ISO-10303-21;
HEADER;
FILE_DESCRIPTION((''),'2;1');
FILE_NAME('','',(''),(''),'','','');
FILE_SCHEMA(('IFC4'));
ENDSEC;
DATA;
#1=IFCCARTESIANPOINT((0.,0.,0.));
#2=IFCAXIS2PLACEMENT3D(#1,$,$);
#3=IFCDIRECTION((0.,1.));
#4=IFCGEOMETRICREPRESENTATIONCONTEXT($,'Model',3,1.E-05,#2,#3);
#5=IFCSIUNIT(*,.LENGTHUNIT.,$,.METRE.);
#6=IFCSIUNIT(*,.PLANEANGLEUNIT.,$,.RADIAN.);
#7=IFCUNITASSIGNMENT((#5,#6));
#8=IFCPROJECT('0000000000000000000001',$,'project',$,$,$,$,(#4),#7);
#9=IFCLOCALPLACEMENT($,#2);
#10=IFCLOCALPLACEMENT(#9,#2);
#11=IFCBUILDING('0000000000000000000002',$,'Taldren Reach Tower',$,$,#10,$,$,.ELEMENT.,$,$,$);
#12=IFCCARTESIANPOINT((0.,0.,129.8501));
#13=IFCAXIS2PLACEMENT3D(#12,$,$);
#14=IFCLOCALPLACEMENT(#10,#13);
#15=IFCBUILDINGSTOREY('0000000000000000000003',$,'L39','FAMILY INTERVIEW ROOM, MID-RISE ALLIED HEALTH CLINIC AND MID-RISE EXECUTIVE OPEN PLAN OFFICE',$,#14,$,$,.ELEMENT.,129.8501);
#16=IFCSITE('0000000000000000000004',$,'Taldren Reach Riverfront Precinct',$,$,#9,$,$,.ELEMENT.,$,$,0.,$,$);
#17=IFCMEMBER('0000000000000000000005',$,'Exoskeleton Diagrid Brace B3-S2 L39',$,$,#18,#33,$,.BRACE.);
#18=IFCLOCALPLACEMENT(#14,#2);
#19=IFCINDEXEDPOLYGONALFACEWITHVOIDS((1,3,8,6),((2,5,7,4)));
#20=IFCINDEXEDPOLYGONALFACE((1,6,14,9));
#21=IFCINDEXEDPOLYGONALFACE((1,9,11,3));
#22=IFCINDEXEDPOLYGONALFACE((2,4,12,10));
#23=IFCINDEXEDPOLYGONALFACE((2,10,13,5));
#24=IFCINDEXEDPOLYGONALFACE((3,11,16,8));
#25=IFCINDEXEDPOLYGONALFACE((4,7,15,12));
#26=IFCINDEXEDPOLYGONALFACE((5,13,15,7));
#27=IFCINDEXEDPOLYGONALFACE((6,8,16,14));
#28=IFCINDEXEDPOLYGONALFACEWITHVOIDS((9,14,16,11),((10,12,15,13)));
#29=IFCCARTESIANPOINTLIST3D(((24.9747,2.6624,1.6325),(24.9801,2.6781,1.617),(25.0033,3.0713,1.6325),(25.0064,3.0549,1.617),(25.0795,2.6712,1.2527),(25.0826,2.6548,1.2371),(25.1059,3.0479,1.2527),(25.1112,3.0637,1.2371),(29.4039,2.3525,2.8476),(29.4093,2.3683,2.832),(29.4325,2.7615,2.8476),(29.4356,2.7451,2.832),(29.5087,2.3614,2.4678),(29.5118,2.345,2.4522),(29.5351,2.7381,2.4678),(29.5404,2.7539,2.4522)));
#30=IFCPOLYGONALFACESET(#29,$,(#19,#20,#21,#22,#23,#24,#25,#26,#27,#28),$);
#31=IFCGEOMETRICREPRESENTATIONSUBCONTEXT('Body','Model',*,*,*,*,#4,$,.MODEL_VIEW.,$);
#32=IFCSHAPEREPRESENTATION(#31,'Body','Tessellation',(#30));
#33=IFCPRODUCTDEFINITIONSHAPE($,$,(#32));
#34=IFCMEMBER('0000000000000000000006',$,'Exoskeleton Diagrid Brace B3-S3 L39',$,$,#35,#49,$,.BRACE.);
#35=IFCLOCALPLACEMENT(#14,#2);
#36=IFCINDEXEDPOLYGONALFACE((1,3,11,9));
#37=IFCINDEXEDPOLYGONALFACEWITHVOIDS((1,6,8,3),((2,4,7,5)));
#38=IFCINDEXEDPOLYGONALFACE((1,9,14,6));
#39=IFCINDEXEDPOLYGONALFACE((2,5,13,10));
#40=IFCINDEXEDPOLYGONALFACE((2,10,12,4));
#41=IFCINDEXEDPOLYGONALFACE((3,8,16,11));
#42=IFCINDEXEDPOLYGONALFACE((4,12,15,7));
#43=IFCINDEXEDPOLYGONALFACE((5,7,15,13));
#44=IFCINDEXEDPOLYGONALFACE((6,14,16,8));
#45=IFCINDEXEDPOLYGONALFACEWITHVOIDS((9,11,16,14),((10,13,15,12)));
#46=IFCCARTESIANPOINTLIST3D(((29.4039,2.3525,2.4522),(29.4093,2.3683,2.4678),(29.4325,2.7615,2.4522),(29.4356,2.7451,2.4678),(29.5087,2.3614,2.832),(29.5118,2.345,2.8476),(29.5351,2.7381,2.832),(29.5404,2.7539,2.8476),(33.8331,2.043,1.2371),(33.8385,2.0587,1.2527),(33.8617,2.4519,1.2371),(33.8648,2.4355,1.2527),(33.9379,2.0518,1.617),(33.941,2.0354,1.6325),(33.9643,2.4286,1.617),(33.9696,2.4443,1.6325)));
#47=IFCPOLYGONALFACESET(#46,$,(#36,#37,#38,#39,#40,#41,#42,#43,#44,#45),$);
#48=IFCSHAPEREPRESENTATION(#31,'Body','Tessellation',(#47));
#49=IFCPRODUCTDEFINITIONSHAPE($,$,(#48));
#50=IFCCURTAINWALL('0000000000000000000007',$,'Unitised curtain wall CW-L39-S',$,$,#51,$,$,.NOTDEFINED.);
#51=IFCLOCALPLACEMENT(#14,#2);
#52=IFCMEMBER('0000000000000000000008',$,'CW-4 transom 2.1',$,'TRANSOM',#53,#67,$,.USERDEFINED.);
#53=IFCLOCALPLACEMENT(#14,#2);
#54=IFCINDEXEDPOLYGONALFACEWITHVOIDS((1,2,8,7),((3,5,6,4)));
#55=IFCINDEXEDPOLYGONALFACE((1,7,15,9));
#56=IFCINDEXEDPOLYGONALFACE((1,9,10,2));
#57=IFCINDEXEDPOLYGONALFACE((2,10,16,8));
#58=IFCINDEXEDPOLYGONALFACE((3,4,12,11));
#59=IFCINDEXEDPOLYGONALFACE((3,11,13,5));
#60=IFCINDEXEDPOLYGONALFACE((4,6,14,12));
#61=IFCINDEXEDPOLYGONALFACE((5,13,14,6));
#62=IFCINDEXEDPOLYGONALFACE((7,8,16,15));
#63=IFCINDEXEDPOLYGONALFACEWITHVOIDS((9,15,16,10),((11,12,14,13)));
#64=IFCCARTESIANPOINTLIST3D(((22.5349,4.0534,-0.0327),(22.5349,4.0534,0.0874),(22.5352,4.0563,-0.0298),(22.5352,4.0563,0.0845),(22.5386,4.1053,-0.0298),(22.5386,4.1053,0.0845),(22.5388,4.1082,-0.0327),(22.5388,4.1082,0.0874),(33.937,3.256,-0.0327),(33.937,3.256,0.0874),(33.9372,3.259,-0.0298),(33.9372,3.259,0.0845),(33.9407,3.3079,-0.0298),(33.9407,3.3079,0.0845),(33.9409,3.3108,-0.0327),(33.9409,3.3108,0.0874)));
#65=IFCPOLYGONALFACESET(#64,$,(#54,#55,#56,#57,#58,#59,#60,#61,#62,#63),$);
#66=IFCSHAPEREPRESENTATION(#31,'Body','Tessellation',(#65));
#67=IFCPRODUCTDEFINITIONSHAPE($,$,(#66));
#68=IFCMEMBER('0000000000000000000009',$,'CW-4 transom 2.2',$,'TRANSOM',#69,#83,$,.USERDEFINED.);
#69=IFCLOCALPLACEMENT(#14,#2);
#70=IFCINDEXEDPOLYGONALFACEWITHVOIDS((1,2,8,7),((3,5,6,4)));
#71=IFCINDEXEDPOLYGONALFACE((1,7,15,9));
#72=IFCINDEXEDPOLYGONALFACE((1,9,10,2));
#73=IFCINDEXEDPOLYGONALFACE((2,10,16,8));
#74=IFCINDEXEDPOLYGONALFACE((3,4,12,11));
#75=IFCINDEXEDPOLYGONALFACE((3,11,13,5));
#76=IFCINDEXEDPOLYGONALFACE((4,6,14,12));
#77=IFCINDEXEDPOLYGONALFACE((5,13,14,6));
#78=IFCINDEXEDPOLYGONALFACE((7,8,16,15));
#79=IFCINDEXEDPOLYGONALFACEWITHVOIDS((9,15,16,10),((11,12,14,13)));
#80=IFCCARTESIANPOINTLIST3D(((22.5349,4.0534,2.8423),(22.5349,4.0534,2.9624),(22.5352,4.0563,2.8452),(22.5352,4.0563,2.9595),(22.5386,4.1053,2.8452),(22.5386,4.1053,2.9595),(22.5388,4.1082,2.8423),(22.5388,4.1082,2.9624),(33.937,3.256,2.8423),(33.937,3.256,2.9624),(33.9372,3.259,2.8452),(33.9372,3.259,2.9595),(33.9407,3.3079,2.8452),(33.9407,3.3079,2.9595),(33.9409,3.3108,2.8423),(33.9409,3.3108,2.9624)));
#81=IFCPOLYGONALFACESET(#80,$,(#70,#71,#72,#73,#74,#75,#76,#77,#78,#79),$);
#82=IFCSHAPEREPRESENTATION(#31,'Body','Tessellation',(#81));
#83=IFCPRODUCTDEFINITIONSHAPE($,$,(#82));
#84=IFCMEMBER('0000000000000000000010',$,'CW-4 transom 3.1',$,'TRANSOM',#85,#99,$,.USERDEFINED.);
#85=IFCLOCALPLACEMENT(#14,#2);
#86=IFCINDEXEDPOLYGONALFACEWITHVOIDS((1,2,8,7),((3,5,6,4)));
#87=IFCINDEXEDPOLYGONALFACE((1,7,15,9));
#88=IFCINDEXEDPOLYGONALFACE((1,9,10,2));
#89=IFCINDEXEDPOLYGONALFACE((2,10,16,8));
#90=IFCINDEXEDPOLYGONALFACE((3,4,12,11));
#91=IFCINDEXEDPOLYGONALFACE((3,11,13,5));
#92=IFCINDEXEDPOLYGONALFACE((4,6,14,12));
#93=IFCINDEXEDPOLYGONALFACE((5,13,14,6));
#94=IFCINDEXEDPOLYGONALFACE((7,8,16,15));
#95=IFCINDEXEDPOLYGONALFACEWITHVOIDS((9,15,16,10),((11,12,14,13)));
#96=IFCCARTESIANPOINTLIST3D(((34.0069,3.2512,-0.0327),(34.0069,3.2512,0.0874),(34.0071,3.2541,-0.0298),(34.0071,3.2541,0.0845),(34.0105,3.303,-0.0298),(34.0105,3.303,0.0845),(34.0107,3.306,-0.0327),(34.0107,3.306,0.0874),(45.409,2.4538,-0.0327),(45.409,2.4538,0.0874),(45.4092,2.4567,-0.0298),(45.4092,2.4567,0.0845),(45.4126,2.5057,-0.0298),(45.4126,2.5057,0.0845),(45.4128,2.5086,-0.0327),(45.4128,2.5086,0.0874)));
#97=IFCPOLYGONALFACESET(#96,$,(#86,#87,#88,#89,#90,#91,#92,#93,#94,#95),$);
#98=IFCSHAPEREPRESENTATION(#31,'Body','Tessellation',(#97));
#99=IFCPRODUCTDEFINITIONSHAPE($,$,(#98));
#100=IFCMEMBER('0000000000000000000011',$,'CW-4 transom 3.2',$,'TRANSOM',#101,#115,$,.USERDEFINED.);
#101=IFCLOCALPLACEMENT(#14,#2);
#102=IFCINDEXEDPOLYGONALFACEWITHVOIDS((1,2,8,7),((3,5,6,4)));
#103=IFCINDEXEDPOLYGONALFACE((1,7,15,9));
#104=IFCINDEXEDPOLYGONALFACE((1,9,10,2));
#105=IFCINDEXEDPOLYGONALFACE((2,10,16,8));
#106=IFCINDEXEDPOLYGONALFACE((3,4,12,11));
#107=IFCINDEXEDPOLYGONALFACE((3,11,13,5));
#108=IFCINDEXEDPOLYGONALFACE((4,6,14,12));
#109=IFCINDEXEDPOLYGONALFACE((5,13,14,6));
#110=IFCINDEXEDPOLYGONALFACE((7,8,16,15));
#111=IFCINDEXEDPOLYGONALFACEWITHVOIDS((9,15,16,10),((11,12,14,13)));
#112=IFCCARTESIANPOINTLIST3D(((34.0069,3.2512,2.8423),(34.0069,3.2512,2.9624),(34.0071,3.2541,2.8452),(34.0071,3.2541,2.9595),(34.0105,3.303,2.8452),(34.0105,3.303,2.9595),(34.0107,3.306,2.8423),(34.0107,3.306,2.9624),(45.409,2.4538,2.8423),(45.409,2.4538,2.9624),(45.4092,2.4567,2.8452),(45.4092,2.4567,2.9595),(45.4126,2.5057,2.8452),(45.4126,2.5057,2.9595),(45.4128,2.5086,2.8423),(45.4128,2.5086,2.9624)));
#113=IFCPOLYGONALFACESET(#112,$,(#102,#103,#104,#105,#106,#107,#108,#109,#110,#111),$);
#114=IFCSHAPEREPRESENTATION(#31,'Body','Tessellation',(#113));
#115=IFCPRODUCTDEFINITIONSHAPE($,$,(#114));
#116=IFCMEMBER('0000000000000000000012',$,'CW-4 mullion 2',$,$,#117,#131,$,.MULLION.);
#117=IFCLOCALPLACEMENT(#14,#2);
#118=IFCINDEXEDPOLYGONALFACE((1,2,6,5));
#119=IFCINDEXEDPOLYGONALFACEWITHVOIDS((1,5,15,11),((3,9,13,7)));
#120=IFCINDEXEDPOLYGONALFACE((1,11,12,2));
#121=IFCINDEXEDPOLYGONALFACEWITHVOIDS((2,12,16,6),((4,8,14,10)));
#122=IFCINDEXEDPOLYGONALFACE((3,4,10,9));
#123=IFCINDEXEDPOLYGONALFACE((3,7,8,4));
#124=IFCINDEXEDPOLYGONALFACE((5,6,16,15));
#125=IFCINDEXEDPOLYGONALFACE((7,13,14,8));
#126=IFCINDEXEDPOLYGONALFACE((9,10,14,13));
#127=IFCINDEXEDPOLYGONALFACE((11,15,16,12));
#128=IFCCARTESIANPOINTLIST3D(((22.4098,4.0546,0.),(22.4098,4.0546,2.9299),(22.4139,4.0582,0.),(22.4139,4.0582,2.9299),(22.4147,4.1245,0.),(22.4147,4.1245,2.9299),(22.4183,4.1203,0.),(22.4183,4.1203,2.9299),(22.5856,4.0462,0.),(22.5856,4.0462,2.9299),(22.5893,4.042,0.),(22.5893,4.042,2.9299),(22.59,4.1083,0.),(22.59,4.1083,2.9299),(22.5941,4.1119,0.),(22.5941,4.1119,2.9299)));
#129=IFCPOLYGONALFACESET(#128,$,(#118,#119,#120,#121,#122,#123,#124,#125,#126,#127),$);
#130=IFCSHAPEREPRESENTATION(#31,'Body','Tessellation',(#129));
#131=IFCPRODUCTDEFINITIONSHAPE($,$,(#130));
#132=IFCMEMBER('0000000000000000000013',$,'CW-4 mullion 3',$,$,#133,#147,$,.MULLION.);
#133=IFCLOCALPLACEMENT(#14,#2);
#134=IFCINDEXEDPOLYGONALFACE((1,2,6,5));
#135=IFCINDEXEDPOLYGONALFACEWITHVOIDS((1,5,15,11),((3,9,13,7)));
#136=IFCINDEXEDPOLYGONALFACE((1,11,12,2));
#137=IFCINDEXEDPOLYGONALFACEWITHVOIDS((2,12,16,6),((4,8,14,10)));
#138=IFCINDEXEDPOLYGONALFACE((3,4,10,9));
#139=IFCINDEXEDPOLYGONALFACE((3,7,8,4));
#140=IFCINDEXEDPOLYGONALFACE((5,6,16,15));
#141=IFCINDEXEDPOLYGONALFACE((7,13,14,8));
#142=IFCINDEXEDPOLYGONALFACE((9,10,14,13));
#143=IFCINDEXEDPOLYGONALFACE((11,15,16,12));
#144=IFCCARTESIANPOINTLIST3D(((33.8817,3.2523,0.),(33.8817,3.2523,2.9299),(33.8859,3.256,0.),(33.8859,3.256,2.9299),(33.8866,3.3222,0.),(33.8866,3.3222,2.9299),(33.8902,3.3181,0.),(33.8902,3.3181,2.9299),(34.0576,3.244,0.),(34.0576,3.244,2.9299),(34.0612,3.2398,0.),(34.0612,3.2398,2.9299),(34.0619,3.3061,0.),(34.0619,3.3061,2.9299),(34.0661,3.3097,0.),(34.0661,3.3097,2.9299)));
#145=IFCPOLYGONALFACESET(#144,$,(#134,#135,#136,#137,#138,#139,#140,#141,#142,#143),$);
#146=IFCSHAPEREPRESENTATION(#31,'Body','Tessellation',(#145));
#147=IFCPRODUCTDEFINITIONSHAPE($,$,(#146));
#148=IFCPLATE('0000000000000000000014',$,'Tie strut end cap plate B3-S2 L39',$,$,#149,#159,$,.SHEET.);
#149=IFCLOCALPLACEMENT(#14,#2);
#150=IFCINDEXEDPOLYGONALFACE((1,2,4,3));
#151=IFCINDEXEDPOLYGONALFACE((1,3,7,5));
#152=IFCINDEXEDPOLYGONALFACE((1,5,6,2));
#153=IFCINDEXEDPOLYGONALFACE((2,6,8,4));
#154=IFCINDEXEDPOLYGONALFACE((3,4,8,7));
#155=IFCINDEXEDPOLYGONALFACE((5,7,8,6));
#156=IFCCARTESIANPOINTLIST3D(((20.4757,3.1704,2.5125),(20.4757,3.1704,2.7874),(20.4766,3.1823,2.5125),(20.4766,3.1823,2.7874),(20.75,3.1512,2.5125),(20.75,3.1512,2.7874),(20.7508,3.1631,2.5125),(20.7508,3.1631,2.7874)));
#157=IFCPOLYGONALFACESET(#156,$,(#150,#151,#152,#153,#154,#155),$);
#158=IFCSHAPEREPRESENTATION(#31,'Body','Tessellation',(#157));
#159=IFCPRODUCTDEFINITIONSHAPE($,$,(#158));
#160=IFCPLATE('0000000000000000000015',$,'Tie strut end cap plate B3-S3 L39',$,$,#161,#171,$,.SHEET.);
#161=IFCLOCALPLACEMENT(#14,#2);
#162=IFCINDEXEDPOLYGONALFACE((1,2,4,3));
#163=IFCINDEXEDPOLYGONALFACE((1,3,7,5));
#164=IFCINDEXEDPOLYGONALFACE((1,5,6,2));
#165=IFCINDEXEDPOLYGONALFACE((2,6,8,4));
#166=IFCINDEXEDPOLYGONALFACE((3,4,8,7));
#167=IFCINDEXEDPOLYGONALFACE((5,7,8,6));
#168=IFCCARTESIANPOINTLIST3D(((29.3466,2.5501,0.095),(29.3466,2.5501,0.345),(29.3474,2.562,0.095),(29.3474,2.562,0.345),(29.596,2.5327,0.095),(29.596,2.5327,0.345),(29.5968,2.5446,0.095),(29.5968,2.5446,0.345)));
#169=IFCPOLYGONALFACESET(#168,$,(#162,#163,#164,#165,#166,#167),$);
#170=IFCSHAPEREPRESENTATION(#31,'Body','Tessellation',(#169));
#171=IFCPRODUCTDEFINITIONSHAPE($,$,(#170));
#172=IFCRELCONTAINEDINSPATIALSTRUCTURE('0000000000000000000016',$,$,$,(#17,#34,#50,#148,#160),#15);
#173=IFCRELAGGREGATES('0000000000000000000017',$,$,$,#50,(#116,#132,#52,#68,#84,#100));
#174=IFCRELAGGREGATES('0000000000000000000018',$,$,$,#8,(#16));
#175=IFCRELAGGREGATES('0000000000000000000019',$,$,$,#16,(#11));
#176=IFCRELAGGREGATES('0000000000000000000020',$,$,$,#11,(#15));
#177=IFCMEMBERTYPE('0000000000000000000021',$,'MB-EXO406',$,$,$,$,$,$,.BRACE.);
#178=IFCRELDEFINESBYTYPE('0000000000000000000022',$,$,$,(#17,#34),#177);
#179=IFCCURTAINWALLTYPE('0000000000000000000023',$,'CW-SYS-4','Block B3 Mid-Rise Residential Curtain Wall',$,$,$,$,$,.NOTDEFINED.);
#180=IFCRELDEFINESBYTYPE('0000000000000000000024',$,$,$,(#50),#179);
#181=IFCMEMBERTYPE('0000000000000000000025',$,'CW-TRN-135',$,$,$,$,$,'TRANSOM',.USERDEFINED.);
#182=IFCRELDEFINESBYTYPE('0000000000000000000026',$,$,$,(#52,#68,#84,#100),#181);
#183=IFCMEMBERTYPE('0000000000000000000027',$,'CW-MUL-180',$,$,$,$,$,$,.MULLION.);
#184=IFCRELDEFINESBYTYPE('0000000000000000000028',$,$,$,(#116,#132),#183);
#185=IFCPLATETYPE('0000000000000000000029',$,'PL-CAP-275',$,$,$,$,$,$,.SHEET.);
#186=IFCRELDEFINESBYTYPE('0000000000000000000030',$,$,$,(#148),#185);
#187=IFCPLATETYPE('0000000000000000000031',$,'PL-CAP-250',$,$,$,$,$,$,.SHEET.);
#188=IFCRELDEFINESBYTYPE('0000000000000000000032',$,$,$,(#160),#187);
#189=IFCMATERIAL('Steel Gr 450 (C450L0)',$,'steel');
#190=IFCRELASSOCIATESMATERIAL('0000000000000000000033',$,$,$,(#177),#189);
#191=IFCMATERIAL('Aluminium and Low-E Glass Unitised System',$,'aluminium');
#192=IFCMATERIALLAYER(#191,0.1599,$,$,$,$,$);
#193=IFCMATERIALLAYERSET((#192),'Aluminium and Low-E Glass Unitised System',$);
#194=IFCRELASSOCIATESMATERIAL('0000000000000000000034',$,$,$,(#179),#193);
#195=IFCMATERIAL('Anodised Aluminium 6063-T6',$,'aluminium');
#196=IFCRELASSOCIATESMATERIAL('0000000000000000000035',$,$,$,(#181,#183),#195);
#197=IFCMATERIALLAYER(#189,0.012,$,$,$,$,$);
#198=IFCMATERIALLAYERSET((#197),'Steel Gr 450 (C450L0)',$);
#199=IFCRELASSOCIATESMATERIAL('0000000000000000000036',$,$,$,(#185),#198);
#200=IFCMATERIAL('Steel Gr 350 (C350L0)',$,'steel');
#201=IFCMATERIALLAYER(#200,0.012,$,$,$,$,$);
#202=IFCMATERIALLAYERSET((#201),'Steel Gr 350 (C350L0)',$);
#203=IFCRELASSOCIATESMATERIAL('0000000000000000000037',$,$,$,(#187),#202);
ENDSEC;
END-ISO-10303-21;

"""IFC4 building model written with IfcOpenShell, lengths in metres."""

from ifc_helpers import new_model, si_unit, direction, frame, origin, origin_2d, place, context, subcontext, project, spatial, rectangle, hollow_rectangle, extrude, source, transform, mapped, material, layer, layer_set, material_profile, profile_set, type_object, element, aggregate, save


model = new_model("IFC4")

# Units and contexts
model_context = context("Model", 3, precision=1e-05, world=origin(), true_north=direction((0.0, 1.0)))
body_context = subcontext(model_context, "Body", "Model", "MODEL_VIEW")
ifc_project = project(units=[si_unit("LENGTHUNIT", "METRE"), si_unit("PLANEANGLEUNIT", "RADIAN")], contexts=[model_context])

# Site, building, storey
site_placement = place(None, origin())
site = spatial("IfcSite", under=ifc_project, at=site_placement, Name="Taldren Reach Riverfront Precinct", CompositionType="ELEMENT", RefElevation=0.0)
building_placement = place(site_placement, origin())
building = spatial("IfcBuilding", under=site, at=building_placement, Name="Taldren Reach Tower", CompositionType="ELEMENT")
storey_placement = place(building_placement, frame((0.0, 0.0, 129.8501)))
storey = spatial("IfcBuildingStorey", under=building, at=storey_placement, Name="L39", Description="FAMILY INTERVIEW ROOM, MID-RISE ALLIED HEALTH CLINIC AND MID-RISE EXECUTIVE OPEN PLAN OFFICE", CompositionType="ELEMENT", Elevation=129.8501)

# Shared definitions
ifc_material_1 = material(Name="Steel Gr 450 (C450L0)", Category="steel")
ifc_material_2 = material(Name="Steel Gr 350 (C350L0)", Category="steel")

# Members
ifc_material_profile_1 = material_profile(ifc_material_1, hollow_rectangle(XDim=0.4099, YDim=0.4099, WallThickness=0.0161, at=origin_2d()), Name="410x410x16.0SHS")
ifc_profile_set_1 = profile_set([ifc_material_profile_1], Name="Steel Gr 450 (C450L0)")
member_type_1 = type_object("IfcMemberType", Name="MB-EXO406", PredefinedType="BRACE", material=ifc_profile_set_1)
shared_shape_1 = source(origin(), body_context, "Body", "SweptSolid", [
    extrude(hollow_rectangle(XDim=0.4099, YDim=0.4099, WallThickness=0.0161, at=origin_2d()), origin(), (0.0, 0.0, 1.0), 4.6033),
])
for number, where, z_axis, x_axis, name in (
    (1, (25.043, 2.863, 1.4348), (0.962182, -0.067303, 0.263961), (0.069778, 0.997563, 0.0), "Exoskeleton Diagrid Brace B3-S2 L39"),
    (2, (33.9014, 2.2437, 1.4348), (-0.962186, 0.06725, 0.263962), (-0.069723, -0.997566, 0.0), "Exoskeleton Diagrid Brace B3-S3 L39"),
):
    element("IfcMember", number, at=place(storey_placement, frame(where, z_axis=z_axis, x_axis=x_axis)), inside=storey, type_object=member_type_1, Name=name, PredefinedType="BRACE", context=body_context, shape_type="MappedRepresentation", body=[
        mapped(shared_shape_1, transform((0.0, 0.0, 0.0), scale=1.0)),
    ])

# Curtain wall, members
ifc_material_3 = material(Name="Aluminium and Low-E Glass Unitised System", Category="aluminium")
ifc_layer_1 = layer(ifc_material_3, 0.1599)
ifc_layer_set_1 = layer_set([ifc_layer_1], Name="Aluminium and Low-E Glass Unitised System")
curtain_wall_type = type_object("IfcCurtainWallType", Name="CW-SYS-4", Description="Block B3 Mid-Rise Residential Curtain Wall", PredefinedType="NOTDEFINED", material=ifc_layer_set_1)
curtain_wall_placement = place(storey_placement, origin())
curtain_wall = element("IfcCurtainWall", 3, at=curtain_wall_placement, inside=storey, type_object=curtain_wall_type, Name="Unitised curtain wall CW-L39-S", PredefinedType="NOTDEFINED")
ifc_material_4 = material(Name="Anodised Aluminium 6063-T6", Category="aluminium")
ifc_material_profile_2 = material_profile(ifc_material_4, hollow_rectangle(XDim=0.0549, YDim=0.1201, WallThickness=0.0029, at=origin_2d()), Name="ALU-120x55x3RHS")
ifc_profile_set_2 = profile_set([ifc_material_profile_2], Name="Anodised Aluminium 6063-T6")
member_type_2 = type_object("IfcMemberType", Name="CW-TRN-135", ElementType="TRANSOM", PredefinedType="USERDEFINED", material=ifc_profile_set_2)
shared_shape_2 = source(origin(), body_context, "Body", "SweptSolid", [
    extrude(hollow_rectangle(XDim=0.0549, YDim=0.1201, WallThickness=0.0029, at=origin_2d()), origin(), (0.0, 0.0, 1.0), 11.4299),
])
member_1_placement = place(storey_placement, frame((22.5369, 4.0808, 0.0273), z_axis=(0.997564, -0.069761, 0.0), x_axis=(0.069761, 0.997564, 0.0)))
member_1 = element("IfcMember", 4, at=member_1_placement, type_object=member_type_2, Name="CW-4 transom 2.1", ObjectType="TRANSOM", PredefinedType="USERDEFINED", context=body_context, shape_type="MappedRepresentation", body=[
    mapped(shared_shape_2, transform((0.0, 0.0, 0.0), scale=1.0)),
])
member_2_placement = place(storey_placement, frame((22.5369, 4.0808, 2.9023), z_axis=(0.997564, -0.069761, 0.0), x_axis=(0.069761, 0.997564, 0.0)))
member_2 = element("IfcMember", 5, at=member_2_placement, type_object=member_type_2, Name="CW-4 transom 2.2", ObjectType="TRANSOM", PredefinedType="USERDEFINED", context=body_context, shape_type="MappedRepresentation", body=[
    mapped(shared_shape_2, transform((0.0, 0.0, 0.0), scale=1.0)),
])
member_3_placement = place(storey_placement, frame((34.0088, 3.2786, 0.0273), z_axis=(0.997564, -0.069761, 0.0), x_axis=(0.069761, 0.997564, 0.0)))
member_3 = element("IfcMember", 6, at=member_3_placement, type_object=member_type_2, Name="CW-4 transom 3.1", ObjectType="TRANSOM", PredefinedType="USERDEFINED", context=body_context, shape_type="MappedRepresentation", body=[
    mapped(shared_shape_2, transform((0.0, 0.0, 0.0), scale=1.0)),
])
member_4_placement = place(storey_placement, frame((34.0088, 3.2786, 2.9023), z_axis=(0.997564, -0.069761, 0.0), x_axis=(0.069761, 0.997564, 0.0)))
member_4 = element("IfcMember", 7, at=member_4_placement, type_object=member_type_2, Name="CW-4 transom 3.2", ObjectType="TRANSOM", PredefinedType="USERDEFINED", context=body_context, shape_type="MappedRepresentation", body=[
    mapped(shared_shape_2, transform((0.0, 0.0, 0.0), scale=1.0)),
])
ifc_material_profile_3 = material_profile(ifc_material_4, hollow_rectangle(XDim=0.0701, YDim=0.1799, WallThickness=0.0039, at=origin_2d()), Name="ALU-180x70x4RHS")
ifc_profile_set_3 = profile_set([ifc_material_profile_3], Name="Anodised Aluminium 6063-T6")
member_type_3 = type_object("IfcMemberType", Name="CW-MUL-180", PredefinedType="MULLION", material=ifc_profile_set_3)
shared_shape_3 = source(origin(), body_context, "Body", "SweptSolid", [
    extrude(hollow_rectangle(XDim=0.0701, YDim=0.1799, WallThickness=0.0039, at=origin_2d()), origin(), (0.0, 0.0, 1.0), 2.9299),
])
member_5_placement = place(storey_placement, frame((22.502, 4.0833, 0.0), z_axis=(0.0, 0.0, 1.0), x_axis=(0.069757, 0.997564, 0.0)))
member_5 = element("IfcMember", 8, at=member_5_placement, type_object=member_type_3, Name="CW-4 mullion 2", PredefinedType="MULLION", context=body_context, shape_type="MappedRepresentation", body=[
    mapped(shared_shape_3, transform((0.0, 0.0, 0.0), scale=1.0)),
])
member_6_placement = place(storey_placement, frame((33.9739, 3.281, 0.0), z_axis=(0.0, 0.0, 1.0), x_axis=(0.069757, 0.997564, 0.0)))
member_6 = element("IfcMember", 9, at=member_6_placement, type_object=member_type_3, Name="CW-4 mullion 3", PredefinedType="MULLION", context=body_context, shape_type="MappedRepresentation", body=[
    mapped(shared_shape_3, transform((0.0, 0.0, 0.0), scale=1.0)),
])

# Plates
ifc_layer_2 = layer(ifc_material_1, 0.012)
ifc_layer_set_2 = layer_set([ifc_layer_2], Name="Steel Gr 450 (C450L0)")
plate_type_1 = type_object("IfcPlateType", Name="PL-CAP-275", PredefinedType="SHEET", material=ifc_layer_set_2)
shared_shape_4 = source(origin(), body_context, "Body", "SweptSolid", [
    extrude(rectangle(XDim=0.2749, YDim=0.012, at=origin_2d()), origin(), (0.0, 0.0, 1.0), 0.2749),
])
plate_1_placement = place(storey_placement, frame((20.6133, 3.1667, 2.5125), z_axis=(0.0, 0.0, 1.0), x_axis=(0.997564, -0.069756, 0.0)))
element("IfcPlate", 10, at=plate_1_placement, inside=storey, type_object=plate_type_1, Name="Tie strut end cap plate B3-S2 L39", PredefinedType="SHEET", context=body_context, shape_type="MappedRepresentation", body=[
    mapped(shared_shape_4, transform((0.0, 0.0, 0.0), scale=1.0)),
])
ifc_layer_3 = layer(ifc_material_2, 0.012)
ifc_layer_set_3 = layer_set([ifc_layer_3], Name="Steel Gr 350 (C350L0)")
plate_type_2 = type_object("IfcPlateType", Name="PL-CAP-250", PredefinedType="SHEET", material=ifc_layer_set_3)
shared_shape_5 = source(origin(), body_context, "Body", "SweptSolid", [
    extrude(rectangle(XDim=0.25, YDim=0.012, at=origin_2d()), origin(), (0.0, 0.0, 1.0), 0.25),
])
plate_2_placement = place(storey_placement, frame((29.4717, 2.5474, 0.095), z_axis=(0.0, 0.0, 1.0), x_axis=(0.997564, -0.069756, 0.0)))
element("IfcPlate", 11, at=plate_2_placement, inside=storey, type_object=plate_type_2, Name="Tie strut end cap plate B3-S3 L39", PredefinedType="SHEET", context=body_context, shape_type="MappedRepresentation", body=[
    mapped(shared_shape_5, transform((0.0, 0.0, 0.0), scale=1.0)),
])

aggregate(curtain_wall, [member_5, member_6, member_1, member_2, member_3, member_4])

save(model, "model.ifc")
